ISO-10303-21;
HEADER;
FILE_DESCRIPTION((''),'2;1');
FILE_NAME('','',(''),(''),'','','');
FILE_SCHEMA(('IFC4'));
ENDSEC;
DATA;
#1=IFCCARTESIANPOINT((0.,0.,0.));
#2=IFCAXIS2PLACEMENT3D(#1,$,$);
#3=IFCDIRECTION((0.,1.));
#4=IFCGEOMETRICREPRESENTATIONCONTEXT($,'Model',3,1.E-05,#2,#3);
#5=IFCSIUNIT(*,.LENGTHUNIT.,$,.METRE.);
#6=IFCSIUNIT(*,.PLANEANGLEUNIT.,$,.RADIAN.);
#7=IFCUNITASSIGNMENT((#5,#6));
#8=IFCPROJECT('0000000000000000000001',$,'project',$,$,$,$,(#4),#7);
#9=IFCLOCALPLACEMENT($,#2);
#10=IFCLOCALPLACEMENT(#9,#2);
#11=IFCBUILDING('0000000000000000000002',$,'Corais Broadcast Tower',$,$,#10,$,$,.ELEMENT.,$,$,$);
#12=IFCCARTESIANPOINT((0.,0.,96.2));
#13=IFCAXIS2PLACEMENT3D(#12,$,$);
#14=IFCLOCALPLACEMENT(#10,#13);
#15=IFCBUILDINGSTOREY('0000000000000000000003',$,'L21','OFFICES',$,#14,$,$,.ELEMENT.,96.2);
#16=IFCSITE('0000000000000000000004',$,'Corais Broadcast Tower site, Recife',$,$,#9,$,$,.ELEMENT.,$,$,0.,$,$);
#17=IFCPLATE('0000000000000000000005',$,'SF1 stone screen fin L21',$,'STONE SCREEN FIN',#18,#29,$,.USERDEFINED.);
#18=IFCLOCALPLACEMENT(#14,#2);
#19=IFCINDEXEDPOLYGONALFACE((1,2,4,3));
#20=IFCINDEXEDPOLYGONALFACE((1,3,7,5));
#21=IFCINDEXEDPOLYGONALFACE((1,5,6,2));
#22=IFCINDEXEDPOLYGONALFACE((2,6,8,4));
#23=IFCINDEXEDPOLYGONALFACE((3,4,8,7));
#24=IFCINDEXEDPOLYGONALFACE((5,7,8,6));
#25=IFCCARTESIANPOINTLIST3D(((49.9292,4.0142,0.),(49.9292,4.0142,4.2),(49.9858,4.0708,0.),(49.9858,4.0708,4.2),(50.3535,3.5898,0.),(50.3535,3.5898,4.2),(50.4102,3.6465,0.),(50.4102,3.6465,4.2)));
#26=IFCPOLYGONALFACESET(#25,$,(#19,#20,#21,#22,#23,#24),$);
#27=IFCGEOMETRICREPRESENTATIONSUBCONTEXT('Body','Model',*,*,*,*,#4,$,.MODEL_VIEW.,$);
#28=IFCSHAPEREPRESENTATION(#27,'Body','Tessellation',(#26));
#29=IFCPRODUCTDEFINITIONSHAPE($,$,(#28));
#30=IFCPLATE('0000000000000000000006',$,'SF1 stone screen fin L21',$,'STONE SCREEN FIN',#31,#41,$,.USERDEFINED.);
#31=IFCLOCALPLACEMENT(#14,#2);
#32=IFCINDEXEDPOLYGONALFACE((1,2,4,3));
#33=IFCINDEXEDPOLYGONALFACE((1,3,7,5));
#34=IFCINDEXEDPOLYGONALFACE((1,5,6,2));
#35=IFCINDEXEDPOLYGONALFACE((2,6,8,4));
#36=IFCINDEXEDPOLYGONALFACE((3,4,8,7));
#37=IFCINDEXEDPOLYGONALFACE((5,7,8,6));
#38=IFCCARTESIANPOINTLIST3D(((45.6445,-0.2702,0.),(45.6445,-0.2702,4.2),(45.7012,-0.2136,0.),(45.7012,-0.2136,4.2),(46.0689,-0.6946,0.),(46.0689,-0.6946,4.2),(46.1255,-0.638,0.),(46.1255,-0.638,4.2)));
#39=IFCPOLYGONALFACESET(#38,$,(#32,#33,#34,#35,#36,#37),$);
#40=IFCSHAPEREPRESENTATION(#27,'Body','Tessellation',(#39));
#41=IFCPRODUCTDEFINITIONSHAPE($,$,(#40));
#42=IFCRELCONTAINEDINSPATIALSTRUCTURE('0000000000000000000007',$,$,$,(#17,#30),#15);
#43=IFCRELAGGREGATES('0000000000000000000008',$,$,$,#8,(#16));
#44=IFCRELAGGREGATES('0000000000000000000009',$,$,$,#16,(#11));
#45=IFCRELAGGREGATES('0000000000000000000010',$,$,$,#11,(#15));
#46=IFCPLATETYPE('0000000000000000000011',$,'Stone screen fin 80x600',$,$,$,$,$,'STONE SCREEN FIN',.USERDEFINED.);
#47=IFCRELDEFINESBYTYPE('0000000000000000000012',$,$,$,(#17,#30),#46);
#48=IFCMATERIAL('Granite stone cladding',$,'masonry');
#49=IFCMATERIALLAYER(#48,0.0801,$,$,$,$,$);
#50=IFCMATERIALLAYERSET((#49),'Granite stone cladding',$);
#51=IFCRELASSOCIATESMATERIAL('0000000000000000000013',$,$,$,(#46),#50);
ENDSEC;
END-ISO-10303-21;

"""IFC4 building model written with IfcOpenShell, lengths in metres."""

from ifc_helpers import new_model, si_unit, direction, frame, origin, origin_2d, place, context, subcontext, project, spatial, rectangle, extrude, material, layer, layer_set, type_object, element, save


model = new_model("IFC4")

# Units and contexts
model_context = context("Model", 3, precision=1e-05, world=origin(), true_north=direction((0.0, 1.0)))
body_context = subcontext(model_context, "Body", "Model", "MODEL_VIEW")
ifc_project = project(units=[si_unit("LENGTHUNIT", "METRE"), si_unit("PLANEANGLEUNIT", "RADIAN")], contexts=[model_context])

# Site, building, storey
site_placement = place(None, origin())
site = spatial("IfcSite", under=ifc_project, at=site_placement, Name="Corais Broadcast Tower site, Recife", CompositionType="ELEMENT", RefElevation=0.0)
building_placement = place(site_placement, origin())
building = spatial("IfcBuilding", under=site, at=building_placement, Name="Corais Broadcast Tower", CompositionType="ELEMENT")
storey_placement = place(building_placement, frame((0.0, 0.0, 96.2)))
storey = spatial("IfcBuildingStorey", under=building, at=storey_placement, Name="L21", Description="OFFICES", CompositionType="ELEMENT", Elevation=96.2)

# Plates
ifc_material_1 = material(Name="Granite stone cladding", Category="masonry")
ifc_layer_1 = layer(ifc_material_1, 0.0801)
ifc_layer_set_1 = layer_set([ifc_layer_1], Name="Granite stone cladding")
plate_type_1 = type_object("IfcPlateType", Name="Stone screen fin 80x600", ElementType="STONE SCREEN FIN", PredefinedType="USERDEFINED", material=ifc_layer_set_1)
for number, where, z_axis, x_axis, name in (
    (1, (50.1697, 3.8303, 0.0), (0.0, 0.0, 1.0), (-0.707107, -0.707107, 0.0), "SF1 stone screen fin L21"),
    (2, (45.885, -0.4541, 0.0), (0.0, 0.0, 1.0), (-0.707107, -0.707107, 0.0), "SF1 stone screen fin L21"),
):
    element("IfcPlate", number, at=place(storey_placement, frame(where, z_axis=z_axis, x_axis=x_axis)), inside=storey, type_object=plate_type_1, Name=name, ObjectType="STONE SCREEN FIN", PredefinedType="USERDEFINED", context=body_context, shape_type="SweptSolid", body=[
        extrude(rectangle(XDim=0.0801, YDim=0.6001, at=origin_2d()), origin(), (0.0, 0.0, 1.0), 4.2),
    ])

save(model, "model.ifc")
